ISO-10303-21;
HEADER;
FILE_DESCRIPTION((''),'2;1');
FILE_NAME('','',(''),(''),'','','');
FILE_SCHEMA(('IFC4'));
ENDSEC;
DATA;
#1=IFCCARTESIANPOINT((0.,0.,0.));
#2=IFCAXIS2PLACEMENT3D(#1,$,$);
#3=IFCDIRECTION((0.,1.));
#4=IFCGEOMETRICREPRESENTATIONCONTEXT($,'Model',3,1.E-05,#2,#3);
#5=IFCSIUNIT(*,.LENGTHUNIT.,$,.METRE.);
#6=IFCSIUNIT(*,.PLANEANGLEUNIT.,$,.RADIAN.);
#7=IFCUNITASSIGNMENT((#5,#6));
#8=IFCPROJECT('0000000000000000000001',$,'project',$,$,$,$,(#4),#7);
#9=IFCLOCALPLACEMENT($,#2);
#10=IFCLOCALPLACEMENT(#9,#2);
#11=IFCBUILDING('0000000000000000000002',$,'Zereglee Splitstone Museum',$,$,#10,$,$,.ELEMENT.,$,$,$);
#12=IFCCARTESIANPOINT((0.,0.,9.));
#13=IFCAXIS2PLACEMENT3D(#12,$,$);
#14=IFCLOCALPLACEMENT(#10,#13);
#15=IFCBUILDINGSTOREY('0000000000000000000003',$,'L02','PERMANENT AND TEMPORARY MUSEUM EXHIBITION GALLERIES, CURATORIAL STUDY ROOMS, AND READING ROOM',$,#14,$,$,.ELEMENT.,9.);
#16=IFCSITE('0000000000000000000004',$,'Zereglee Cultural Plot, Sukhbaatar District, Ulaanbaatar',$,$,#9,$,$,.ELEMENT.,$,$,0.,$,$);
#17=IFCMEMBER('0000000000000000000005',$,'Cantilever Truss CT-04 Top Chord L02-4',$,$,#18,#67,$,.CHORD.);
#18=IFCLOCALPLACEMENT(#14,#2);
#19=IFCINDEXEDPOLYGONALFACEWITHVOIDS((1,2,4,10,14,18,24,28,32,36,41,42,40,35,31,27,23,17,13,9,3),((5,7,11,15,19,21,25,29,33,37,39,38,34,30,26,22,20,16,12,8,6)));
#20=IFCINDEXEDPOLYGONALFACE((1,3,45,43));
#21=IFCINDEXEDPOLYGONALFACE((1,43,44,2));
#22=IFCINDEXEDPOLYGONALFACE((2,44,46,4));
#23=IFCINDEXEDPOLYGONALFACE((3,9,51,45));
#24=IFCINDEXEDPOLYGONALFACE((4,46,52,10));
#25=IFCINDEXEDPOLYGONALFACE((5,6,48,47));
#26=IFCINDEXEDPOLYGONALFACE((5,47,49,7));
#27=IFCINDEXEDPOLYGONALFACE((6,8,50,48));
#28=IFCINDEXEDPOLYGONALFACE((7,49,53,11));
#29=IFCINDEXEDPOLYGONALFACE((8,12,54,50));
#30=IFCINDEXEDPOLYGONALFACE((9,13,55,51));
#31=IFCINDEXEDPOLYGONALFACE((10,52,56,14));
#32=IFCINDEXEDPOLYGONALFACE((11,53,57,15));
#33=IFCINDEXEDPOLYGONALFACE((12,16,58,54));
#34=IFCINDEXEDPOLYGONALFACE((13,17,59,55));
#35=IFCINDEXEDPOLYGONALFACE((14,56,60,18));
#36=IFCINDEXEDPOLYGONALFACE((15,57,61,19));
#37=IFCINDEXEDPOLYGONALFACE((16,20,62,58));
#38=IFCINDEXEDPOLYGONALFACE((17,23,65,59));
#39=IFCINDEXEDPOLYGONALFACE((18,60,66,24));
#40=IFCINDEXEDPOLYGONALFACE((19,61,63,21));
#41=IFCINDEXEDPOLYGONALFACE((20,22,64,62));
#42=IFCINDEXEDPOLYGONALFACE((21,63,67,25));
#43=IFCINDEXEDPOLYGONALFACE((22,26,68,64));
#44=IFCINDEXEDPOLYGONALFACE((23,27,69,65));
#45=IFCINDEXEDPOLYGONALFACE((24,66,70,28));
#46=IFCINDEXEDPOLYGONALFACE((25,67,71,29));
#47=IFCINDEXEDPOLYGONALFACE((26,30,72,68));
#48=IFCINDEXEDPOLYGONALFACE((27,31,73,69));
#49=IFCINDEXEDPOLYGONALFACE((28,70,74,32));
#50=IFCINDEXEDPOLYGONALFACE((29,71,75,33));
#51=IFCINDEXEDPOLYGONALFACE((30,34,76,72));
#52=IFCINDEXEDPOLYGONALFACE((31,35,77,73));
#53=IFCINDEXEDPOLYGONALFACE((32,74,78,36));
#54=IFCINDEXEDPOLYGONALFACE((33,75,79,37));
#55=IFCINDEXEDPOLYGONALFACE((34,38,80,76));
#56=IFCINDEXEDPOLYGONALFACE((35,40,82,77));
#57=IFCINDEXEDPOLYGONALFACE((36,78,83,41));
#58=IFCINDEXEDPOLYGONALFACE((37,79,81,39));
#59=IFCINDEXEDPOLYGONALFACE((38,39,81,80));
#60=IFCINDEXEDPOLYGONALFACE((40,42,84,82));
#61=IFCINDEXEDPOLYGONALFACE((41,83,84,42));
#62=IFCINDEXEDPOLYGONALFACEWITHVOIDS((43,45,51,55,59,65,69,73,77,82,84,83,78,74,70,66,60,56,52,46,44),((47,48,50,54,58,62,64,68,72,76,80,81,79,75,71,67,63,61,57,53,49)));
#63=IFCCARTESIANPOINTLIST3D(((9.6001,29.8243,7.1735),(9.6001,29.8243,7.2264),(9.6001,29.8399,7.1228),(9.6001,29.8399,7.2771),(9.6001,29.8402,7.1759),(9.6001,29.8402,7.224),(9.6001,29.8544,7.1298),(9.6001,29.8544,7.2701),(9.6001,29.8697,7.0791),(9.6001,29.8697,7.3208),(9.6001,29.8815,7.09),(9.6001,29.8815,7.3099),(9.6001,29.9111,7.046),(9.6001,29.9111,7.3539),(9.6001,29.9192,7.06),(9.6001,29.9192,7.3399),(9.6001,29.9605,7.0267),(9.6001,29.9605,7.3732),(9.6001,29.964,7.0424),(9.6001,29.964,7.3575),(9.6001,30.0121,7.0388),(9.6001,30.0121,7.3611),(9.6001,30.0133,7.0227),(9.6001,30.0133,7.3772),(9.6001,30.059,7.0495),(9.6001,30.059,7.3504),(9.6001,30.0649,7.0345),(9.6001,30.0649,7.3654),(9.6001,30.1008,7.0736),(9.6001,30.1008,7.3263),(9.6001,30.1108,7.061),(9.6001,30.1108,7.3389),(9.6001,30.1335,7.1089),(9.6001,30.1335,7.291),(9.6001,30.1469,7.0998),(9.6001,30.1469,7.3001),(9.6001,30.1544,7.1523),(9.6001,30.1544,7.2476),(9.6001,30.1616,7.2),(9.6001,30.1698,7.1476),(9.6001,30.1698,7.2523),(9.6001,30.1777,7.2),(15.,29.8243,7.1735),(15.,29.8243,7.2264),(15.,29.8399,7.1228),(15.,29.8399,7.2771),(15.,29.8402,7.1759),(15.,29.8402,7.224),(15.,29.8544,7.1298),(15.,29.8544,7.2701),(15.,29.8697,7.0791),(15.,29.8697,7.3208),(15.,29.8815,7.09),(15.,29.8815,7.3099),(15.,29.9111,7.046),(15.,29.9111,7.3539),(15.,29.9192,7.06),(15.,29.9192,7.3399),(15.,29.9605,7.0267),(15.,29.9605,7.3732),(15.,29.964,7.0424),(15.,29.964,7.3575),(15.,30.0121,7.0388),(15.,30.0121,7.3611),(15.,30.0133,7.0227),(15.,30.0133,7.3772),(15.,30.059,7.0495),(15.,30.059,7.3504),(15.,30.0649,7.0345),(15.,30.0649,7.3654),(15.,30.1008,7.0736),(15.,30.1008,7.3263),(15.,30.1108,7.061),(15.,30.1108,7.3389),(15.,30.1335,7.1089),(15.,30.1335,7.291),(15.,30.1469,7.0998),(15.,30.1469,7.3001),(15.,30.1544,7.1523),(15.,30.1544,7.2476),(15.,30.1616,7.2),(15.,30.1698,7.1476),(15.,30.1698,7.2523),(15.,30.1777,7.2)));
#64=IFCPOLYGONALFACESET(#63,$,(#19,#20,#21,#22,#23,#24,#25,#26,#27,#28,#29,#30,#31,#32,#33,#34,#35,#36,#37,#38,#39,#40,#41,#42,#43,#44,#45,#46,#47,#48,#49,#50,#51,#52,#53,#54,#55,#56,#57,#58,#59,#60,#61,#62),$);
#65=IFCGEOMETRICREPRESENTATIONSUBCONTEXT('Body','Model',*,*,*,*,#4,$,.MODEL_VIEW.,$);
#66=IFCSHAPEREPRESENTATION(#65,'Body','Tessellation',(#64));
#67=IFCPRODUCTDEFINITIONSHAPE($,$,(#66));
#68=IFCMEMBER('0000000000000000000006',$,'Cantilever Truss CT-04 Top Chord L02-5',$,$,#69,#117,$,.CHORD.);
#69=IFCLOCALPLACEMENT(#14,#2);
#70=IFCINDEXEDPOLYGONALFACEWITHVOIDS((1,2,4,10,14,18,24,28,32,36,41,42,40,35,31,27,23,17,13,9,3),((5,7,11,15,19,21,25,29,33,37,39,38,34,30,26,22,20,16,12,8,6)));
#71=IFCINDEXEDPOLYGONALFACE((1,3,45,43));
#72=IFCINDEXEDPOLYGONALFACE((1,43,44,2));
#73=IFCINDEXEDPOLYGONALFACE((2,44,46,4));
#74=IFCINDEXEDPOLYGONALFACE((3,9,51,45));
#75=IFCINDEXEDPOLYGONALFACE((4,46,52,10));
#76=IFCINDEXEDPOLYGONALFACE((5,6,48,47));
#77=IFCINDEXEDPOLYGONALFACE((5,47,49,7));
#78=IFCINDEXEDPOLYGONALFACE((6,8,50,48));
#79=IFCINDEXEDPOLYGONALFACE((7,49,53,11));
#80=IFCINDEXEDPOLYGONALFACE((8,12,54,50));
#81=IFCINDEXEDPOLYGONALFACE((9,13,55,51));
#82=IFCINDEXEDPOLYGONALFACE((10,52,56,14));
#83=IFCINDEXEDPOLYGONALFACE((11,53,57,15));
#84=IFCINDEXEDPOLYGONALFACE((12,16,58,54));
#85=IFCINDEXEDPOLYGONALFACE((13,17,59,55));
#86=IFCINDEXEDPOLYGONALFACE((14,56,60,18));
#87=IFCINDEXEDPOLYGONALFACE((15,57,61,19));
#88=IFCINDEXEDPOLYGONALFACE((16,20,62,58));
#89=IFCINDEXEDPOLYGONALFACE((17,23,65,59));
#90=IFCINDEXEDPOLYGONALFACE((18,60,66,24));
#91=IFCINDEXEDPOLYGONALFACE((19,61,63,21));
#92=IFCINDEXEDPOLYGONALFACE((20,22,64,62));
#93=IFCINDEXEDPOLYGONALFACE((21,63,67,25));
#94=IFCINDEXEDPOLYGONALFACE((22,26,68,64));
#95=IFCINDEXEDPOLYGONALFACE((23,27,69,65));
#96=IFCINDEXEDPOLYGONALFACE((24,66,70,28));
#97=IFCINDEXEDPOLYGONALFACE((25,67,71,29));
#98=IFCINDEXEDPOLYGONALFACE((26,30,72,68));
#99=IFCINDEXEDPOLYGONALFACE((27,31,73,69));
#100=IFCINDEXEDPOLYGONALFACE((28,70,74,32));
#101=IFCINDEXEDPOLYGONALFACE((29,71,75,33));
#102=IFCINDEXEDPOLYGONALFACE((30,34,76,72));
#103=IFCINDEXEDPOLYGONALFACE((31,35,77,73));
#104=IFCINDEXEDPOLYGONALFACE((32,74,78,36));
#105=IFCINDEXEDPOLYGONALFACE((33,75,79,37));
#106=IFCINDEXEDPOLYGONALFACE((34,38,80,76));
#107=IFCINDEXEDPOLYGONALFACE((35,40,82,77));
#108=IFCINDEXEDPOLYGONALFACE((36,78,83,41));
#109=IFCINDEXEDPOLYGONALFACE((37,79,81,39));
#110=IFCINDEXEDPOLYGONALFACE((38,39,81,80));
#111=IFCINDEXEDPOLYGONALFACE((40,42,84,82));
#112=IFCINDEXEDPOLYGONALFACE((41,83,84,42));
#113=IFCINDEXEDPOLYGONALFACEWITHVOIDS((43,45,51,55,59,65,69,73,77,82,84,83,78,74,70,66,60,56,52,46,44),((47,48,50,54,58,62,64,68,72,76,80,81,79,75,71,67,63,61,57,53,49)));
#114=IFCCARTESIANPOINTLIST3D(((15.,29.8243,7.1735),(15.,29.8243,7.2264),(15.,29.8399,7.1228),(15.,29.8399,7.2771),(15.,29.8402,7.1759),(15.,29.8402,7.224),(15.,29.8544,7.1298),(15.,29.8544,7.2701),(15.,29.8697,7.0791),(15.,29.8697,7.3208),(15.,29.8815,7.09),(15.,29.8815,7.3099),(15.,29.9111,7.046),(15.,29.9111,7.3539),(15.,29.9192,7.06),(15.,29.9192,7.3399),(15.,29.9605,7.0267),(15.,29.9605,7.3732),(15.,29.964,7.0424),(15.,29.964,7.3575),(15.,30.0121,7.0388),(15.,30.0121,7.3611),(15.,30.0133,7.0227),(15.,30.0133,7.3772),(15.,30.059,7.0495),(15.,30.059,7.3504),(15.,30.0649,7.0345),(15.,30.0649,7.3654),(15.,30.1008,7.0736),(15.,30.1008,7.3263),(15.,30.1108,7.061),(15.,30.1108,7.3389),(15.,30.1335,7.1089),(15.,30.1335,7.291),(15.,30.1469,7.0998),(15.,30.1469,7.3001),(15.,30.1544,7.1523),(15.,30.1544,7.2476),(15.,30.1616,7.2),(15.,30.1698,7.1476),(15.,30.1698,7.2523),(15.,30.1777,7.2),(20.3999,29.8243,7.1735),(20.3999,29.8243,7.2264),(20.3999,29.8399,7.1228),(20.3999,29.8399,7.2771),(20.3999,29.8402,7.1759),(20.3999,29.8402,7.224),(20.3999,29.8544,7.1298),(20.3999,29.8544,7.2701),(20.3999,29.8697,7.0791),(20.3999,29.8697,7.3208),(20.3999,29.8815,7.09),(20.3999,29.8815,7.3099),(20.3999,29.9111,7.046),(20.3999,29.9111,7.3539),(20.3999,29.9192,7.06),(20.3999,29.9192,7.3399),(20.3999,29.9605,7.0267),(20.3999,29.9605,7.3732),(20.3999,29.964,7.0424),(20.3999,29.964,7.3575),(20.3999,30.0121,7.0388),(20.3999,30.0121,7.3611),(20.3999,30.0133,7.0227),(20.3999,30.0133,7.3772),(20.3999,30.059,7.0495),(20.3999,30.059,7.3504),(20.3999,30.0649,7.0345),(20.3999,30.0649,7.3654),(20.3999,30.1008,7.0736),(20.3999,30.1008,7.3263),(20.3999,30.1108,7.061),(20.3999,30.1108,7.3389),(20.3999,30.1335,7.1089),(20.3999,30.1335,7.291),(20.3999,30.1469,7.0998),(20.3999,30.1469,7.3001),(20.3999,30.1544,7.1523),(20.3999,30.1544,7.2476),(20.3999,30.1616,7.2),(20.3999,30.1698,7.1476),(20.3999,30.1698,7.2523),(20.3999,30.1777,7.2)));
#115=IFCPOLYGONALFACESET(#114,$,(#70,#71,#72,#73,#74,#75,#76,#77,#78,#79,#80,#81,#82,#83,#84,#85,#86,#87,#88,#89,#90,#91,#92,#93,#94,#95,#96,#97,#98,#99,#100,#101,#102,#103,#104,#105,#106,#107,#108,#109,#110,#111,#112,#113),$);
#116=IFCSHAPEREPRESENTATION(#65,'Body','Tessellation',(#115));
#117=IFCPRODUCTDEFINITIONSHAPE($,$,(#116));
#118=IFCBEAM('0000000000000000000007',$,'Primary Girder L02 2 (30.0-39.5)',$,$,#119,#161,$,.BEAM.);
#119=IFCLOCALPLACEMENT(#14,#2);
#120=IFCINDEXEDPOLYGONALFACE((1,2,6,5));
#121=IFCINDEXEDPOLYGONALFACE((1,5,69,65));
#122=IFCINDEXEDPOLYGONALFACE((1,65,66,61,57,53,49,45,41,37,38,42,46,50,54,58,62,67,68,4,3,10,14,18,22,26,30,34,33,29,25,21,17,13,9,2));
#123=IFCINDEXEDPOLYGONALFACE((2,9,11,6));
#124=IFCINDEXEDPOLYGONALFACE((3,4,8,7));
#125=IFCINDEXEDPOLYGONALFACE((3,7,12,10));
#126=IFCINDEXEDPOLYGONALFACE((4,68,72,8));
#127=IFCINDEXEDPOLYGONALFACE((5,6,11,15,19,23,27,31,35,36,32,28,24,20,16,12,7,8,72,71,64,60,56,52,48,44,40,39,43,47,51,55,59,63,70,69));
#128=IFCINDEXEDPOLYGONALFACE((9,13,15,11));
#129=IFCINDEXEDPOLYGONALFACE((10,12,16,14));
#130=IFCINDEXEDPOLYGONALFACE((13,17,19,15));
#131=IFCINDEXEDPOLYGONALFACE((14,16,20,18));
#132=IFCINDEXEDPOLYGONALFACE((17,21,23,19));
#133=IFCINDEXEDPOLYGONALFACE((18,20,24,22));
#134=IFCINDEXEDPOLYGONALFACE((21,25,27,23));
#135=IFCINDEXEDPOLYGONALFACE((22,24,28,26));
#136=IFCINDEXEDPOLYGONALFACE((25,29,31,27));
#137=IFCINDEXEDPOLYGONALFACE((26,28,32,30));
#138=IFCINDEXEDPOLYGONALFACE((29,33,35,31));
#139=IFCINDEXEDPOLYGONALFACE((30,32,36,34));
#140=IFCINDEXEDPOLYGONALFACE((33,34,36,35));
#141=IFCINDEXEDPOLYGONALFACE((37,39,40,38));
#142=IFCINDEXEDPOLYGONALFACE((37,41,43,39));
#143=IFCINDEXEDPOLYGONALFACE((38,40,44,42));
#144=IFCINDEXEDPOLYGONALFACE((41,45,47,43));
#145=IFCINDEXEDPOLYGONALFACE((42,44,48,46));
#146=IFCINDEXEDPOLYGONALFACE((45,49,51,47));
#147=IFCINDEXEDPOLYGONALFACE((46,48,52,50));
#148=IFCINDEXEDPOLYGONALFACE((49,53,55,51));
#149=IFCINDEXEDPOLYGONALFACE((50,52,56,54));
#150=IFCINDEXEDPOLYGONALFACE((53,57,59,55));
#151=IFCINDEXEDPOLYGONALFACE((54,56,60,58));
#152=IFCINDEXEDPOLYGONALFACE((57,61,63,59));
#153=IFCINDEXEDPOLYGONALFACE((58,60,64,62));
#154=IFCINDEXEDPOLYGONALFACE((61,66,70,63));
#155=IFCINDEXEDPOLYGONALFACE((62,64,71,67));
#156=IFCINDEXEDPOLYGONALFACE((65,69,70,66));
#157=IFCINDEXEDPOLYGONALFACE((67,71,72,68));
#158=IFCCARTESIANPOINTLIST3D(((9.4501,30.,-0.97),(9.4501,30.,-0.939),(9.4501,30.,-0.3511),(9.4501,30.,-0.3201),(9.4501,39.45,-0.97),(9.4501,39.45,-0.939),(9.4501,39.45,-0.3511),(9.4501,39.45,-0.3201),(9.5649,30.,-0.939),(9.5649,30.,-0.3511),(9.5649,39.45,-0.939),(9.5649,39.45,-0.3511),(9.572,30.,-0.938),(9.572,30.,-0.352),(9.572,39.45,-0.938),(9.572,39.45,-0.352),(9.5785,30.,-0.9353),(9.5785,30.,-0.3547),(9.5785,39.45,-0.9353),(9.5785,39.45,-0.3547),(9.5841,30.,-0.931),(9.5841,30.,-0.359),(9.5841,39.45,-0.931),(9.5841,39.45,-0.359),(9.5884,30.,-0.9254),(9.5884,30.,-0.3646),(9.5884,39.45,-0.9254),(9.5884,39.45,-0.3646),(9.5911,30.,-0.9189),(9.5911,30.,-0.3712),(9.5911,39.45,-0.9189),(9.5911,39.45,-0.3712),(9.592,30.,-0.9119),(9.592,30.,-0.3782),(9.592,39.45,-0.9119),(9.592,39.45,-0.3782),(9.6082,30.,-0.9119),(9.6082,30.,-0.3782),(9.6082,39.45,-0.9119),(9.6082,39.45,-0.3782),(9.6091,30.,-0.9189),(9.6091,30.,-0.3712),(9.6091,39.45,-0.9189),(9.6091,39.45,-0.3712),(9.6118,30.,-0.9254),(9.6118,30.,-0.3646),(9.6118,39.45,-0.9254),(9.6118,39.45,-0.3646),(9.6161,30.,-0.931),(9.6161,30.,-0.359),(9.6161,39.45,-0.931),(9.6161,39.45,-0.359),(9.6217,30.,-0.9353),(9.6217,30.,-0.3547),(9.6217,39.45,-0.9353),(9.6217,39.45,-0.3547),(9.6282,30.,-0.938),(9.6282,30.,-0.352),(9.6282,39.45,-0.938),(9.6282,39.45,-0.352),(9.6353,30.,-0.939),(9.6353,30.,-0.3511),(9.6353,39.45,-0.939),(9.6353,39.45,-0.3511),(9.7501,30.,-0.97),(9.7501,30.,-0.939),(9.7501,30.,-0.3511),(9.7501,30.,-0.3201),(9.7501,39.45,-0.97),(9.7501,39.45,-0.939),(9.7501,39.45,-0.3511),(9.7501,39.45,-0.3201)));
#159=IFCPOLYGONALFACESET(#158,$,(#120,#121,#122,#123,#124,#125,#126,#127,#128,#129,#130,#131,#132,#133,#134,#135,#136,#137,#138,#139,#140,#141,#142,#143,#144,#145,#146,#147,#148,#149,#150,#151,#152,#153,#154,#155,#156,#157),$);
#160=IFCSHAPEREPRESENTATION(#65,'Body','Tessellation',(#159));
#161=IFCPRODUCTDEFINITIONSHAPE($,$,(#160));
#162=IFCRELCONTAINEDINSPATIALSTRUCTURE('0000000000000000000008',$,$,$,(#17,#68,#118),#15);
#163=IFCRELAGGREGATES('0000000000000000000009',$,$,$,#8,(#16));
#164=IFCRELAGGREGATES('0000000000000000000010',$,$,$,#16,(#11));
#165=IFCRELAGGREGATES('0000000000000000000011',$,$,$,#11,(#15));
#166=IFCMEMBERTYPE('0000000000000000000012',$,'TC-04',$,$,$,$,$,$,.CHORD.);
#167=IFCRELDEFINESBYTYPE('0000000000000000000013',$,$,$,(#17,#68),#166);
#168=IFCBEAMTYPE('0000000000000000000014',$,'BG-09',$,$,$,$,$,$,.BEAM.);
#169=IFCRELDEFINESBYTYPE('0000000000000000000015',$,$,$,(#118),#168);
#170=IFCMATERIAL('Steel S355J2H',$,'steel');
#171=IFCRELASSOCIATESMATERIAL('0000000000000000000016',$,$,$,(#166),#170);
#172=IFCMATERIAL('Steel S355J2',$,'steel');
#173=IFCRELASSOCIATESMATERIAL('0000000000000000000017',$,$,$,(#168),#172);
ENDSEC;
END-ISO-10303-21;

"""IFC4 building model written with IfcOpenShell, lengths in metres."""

from ifc_helpers import new_model, si_unit, direction, frame, origin, origin_2d, place, context, subcontext, project, spatial, hollow_circle, i_section, extrude, material, material_profile, profile_set, type_object, element, save


model = new_model("IFC4")

# Units and contexts
model_context = context("Model", 3, precision=1e-05, world=origin(), true_north=direction((0.0, 1.0)))
body_context = subcontext(model_context, "Body", "Model", "MODEL_VIEW")
ifc_project = project(units=[si_unit("LENGTHUNIT", "METRE"), si_unit("PLANEANGLEUNIT", "RADIAN")], contexts=[model_context])

# Site, building, storey
site_placement = place(None, origin())
site = spatial("IfcSite", under=ifc_project, at=site_placement, Name="Zereglee Cultural Plot, Sukhbaatar District, Ulaanbaatar", CompositionType="ELEMENT", RefElevation=0.0)
building_placement = place(site_placement, origin())
building = spatial("IfcBuilding", under=site, at=building_placement, Name="Zereglee Splitstone Museum", CompositionType="ELEMENT")
storey_placement = place(building_placement, frame((0.0, 0.0, 9.0)))
storey = spatial("IfcBuildingStorey", under=building, at=storey_placement, Name="L02", Description="PERMANENT AND TEMPORARY MUSEUM EXHIBITION GALLERIES, CURATORIAL STUDY ROOMS, AND READING ROOM", CompositionType="ELEMENT", Elevation=9.0)

# Members
ifc_material_1 = material(Name="Steel S355J2H", Category="steel")
ifc_material_profile_1 = material_profile(ifc_material_1, hollow_circle(Radius=0.1777, WallThickness=0.0161, at=origin_2d()), Name="CHS 355.6x16")
ifc_profile_set_1 = profile_set([ifc_material_profile_1], Name="Steel S355J2H")
member_type_1 = type_object("IfcMemberType", Name="TC-04", PredefinedType="CHORD", material=ifc_profile_set_1)
for number, where, z_axis, x_axis, name in (
    (1, (9.6001, 30.0, 7.2), (1.0, 0.0, 0.0), (0.0, 1.0, 0.0), "Cantilever Truss CT-04 Top Chord L02-4"),
    (2, (15.0, 30.0, 7.2), (1.0, 0.0, 0.0), (0.0, 1.0, 0.0), "Cantilever Truss CT-04 Top Chord L02-5"),
):
    element("IfcMember", number, at=place(storey_placement, frame(where, z_axis=z_axis, x_axis=x_axis)), inside=storey, type_object=member_type_1, Name=name, PredefinedType="CHORD", context=body_context, shape_type="SweptSolid", body=[
        extrude(hollow_circle(Radius=0.1777, WallThickness=0.0161, at=origin_2d()), origin(), (0.0, 0.0, 1.0), 5.3999),
    ])

# Beam
ifc_material_2 = material(Name="Steel S355J2", Category="steel")
ifc_material_profile_2 = material_profile(ifc_material_2, i_section(OverallWidth=0.3, OverallDepth=0.6499, WebThickness=0.0161, FlangeThickness=0.031, FilletRadius=0.0271, at=origin_2d()), Name="HE 650 B")
ifc_profile_set_2 = profile_set([ifc_material_profile_2], Name="Steel S355J2")
beam_type_1 = type_object("IfcBeamType", Name="BG-09", PredefinedType="BEAM", material=ifc_profile_set_2)
beam_1_placement = place(storey_placement, frame((9.6001, 30.0, -0.645), z_axis=(0.0, 1.0, 0.0), x_axis=(-1.0, 0.0, 0.0)))
element("IfcBeam", 3, at=beam_1_placement, inside=storey, type_object=beam_type_1, Name="Primary Girder L02 2 (30.0-39.5)", PredefinedType="BEAM", context=body_context, shape_type="SweptSolid", body=[
    extrude(i_section(OverallWidth=0.3, OverallDepth=0.6499, WebThickness=0.0161, FlangeThickness=0.031, FilletRadius=0.0271, at=origin_2d()), origin(), (0.0, 0.0, 1.0), 9.45),
])

save(model, "model.ifc")
